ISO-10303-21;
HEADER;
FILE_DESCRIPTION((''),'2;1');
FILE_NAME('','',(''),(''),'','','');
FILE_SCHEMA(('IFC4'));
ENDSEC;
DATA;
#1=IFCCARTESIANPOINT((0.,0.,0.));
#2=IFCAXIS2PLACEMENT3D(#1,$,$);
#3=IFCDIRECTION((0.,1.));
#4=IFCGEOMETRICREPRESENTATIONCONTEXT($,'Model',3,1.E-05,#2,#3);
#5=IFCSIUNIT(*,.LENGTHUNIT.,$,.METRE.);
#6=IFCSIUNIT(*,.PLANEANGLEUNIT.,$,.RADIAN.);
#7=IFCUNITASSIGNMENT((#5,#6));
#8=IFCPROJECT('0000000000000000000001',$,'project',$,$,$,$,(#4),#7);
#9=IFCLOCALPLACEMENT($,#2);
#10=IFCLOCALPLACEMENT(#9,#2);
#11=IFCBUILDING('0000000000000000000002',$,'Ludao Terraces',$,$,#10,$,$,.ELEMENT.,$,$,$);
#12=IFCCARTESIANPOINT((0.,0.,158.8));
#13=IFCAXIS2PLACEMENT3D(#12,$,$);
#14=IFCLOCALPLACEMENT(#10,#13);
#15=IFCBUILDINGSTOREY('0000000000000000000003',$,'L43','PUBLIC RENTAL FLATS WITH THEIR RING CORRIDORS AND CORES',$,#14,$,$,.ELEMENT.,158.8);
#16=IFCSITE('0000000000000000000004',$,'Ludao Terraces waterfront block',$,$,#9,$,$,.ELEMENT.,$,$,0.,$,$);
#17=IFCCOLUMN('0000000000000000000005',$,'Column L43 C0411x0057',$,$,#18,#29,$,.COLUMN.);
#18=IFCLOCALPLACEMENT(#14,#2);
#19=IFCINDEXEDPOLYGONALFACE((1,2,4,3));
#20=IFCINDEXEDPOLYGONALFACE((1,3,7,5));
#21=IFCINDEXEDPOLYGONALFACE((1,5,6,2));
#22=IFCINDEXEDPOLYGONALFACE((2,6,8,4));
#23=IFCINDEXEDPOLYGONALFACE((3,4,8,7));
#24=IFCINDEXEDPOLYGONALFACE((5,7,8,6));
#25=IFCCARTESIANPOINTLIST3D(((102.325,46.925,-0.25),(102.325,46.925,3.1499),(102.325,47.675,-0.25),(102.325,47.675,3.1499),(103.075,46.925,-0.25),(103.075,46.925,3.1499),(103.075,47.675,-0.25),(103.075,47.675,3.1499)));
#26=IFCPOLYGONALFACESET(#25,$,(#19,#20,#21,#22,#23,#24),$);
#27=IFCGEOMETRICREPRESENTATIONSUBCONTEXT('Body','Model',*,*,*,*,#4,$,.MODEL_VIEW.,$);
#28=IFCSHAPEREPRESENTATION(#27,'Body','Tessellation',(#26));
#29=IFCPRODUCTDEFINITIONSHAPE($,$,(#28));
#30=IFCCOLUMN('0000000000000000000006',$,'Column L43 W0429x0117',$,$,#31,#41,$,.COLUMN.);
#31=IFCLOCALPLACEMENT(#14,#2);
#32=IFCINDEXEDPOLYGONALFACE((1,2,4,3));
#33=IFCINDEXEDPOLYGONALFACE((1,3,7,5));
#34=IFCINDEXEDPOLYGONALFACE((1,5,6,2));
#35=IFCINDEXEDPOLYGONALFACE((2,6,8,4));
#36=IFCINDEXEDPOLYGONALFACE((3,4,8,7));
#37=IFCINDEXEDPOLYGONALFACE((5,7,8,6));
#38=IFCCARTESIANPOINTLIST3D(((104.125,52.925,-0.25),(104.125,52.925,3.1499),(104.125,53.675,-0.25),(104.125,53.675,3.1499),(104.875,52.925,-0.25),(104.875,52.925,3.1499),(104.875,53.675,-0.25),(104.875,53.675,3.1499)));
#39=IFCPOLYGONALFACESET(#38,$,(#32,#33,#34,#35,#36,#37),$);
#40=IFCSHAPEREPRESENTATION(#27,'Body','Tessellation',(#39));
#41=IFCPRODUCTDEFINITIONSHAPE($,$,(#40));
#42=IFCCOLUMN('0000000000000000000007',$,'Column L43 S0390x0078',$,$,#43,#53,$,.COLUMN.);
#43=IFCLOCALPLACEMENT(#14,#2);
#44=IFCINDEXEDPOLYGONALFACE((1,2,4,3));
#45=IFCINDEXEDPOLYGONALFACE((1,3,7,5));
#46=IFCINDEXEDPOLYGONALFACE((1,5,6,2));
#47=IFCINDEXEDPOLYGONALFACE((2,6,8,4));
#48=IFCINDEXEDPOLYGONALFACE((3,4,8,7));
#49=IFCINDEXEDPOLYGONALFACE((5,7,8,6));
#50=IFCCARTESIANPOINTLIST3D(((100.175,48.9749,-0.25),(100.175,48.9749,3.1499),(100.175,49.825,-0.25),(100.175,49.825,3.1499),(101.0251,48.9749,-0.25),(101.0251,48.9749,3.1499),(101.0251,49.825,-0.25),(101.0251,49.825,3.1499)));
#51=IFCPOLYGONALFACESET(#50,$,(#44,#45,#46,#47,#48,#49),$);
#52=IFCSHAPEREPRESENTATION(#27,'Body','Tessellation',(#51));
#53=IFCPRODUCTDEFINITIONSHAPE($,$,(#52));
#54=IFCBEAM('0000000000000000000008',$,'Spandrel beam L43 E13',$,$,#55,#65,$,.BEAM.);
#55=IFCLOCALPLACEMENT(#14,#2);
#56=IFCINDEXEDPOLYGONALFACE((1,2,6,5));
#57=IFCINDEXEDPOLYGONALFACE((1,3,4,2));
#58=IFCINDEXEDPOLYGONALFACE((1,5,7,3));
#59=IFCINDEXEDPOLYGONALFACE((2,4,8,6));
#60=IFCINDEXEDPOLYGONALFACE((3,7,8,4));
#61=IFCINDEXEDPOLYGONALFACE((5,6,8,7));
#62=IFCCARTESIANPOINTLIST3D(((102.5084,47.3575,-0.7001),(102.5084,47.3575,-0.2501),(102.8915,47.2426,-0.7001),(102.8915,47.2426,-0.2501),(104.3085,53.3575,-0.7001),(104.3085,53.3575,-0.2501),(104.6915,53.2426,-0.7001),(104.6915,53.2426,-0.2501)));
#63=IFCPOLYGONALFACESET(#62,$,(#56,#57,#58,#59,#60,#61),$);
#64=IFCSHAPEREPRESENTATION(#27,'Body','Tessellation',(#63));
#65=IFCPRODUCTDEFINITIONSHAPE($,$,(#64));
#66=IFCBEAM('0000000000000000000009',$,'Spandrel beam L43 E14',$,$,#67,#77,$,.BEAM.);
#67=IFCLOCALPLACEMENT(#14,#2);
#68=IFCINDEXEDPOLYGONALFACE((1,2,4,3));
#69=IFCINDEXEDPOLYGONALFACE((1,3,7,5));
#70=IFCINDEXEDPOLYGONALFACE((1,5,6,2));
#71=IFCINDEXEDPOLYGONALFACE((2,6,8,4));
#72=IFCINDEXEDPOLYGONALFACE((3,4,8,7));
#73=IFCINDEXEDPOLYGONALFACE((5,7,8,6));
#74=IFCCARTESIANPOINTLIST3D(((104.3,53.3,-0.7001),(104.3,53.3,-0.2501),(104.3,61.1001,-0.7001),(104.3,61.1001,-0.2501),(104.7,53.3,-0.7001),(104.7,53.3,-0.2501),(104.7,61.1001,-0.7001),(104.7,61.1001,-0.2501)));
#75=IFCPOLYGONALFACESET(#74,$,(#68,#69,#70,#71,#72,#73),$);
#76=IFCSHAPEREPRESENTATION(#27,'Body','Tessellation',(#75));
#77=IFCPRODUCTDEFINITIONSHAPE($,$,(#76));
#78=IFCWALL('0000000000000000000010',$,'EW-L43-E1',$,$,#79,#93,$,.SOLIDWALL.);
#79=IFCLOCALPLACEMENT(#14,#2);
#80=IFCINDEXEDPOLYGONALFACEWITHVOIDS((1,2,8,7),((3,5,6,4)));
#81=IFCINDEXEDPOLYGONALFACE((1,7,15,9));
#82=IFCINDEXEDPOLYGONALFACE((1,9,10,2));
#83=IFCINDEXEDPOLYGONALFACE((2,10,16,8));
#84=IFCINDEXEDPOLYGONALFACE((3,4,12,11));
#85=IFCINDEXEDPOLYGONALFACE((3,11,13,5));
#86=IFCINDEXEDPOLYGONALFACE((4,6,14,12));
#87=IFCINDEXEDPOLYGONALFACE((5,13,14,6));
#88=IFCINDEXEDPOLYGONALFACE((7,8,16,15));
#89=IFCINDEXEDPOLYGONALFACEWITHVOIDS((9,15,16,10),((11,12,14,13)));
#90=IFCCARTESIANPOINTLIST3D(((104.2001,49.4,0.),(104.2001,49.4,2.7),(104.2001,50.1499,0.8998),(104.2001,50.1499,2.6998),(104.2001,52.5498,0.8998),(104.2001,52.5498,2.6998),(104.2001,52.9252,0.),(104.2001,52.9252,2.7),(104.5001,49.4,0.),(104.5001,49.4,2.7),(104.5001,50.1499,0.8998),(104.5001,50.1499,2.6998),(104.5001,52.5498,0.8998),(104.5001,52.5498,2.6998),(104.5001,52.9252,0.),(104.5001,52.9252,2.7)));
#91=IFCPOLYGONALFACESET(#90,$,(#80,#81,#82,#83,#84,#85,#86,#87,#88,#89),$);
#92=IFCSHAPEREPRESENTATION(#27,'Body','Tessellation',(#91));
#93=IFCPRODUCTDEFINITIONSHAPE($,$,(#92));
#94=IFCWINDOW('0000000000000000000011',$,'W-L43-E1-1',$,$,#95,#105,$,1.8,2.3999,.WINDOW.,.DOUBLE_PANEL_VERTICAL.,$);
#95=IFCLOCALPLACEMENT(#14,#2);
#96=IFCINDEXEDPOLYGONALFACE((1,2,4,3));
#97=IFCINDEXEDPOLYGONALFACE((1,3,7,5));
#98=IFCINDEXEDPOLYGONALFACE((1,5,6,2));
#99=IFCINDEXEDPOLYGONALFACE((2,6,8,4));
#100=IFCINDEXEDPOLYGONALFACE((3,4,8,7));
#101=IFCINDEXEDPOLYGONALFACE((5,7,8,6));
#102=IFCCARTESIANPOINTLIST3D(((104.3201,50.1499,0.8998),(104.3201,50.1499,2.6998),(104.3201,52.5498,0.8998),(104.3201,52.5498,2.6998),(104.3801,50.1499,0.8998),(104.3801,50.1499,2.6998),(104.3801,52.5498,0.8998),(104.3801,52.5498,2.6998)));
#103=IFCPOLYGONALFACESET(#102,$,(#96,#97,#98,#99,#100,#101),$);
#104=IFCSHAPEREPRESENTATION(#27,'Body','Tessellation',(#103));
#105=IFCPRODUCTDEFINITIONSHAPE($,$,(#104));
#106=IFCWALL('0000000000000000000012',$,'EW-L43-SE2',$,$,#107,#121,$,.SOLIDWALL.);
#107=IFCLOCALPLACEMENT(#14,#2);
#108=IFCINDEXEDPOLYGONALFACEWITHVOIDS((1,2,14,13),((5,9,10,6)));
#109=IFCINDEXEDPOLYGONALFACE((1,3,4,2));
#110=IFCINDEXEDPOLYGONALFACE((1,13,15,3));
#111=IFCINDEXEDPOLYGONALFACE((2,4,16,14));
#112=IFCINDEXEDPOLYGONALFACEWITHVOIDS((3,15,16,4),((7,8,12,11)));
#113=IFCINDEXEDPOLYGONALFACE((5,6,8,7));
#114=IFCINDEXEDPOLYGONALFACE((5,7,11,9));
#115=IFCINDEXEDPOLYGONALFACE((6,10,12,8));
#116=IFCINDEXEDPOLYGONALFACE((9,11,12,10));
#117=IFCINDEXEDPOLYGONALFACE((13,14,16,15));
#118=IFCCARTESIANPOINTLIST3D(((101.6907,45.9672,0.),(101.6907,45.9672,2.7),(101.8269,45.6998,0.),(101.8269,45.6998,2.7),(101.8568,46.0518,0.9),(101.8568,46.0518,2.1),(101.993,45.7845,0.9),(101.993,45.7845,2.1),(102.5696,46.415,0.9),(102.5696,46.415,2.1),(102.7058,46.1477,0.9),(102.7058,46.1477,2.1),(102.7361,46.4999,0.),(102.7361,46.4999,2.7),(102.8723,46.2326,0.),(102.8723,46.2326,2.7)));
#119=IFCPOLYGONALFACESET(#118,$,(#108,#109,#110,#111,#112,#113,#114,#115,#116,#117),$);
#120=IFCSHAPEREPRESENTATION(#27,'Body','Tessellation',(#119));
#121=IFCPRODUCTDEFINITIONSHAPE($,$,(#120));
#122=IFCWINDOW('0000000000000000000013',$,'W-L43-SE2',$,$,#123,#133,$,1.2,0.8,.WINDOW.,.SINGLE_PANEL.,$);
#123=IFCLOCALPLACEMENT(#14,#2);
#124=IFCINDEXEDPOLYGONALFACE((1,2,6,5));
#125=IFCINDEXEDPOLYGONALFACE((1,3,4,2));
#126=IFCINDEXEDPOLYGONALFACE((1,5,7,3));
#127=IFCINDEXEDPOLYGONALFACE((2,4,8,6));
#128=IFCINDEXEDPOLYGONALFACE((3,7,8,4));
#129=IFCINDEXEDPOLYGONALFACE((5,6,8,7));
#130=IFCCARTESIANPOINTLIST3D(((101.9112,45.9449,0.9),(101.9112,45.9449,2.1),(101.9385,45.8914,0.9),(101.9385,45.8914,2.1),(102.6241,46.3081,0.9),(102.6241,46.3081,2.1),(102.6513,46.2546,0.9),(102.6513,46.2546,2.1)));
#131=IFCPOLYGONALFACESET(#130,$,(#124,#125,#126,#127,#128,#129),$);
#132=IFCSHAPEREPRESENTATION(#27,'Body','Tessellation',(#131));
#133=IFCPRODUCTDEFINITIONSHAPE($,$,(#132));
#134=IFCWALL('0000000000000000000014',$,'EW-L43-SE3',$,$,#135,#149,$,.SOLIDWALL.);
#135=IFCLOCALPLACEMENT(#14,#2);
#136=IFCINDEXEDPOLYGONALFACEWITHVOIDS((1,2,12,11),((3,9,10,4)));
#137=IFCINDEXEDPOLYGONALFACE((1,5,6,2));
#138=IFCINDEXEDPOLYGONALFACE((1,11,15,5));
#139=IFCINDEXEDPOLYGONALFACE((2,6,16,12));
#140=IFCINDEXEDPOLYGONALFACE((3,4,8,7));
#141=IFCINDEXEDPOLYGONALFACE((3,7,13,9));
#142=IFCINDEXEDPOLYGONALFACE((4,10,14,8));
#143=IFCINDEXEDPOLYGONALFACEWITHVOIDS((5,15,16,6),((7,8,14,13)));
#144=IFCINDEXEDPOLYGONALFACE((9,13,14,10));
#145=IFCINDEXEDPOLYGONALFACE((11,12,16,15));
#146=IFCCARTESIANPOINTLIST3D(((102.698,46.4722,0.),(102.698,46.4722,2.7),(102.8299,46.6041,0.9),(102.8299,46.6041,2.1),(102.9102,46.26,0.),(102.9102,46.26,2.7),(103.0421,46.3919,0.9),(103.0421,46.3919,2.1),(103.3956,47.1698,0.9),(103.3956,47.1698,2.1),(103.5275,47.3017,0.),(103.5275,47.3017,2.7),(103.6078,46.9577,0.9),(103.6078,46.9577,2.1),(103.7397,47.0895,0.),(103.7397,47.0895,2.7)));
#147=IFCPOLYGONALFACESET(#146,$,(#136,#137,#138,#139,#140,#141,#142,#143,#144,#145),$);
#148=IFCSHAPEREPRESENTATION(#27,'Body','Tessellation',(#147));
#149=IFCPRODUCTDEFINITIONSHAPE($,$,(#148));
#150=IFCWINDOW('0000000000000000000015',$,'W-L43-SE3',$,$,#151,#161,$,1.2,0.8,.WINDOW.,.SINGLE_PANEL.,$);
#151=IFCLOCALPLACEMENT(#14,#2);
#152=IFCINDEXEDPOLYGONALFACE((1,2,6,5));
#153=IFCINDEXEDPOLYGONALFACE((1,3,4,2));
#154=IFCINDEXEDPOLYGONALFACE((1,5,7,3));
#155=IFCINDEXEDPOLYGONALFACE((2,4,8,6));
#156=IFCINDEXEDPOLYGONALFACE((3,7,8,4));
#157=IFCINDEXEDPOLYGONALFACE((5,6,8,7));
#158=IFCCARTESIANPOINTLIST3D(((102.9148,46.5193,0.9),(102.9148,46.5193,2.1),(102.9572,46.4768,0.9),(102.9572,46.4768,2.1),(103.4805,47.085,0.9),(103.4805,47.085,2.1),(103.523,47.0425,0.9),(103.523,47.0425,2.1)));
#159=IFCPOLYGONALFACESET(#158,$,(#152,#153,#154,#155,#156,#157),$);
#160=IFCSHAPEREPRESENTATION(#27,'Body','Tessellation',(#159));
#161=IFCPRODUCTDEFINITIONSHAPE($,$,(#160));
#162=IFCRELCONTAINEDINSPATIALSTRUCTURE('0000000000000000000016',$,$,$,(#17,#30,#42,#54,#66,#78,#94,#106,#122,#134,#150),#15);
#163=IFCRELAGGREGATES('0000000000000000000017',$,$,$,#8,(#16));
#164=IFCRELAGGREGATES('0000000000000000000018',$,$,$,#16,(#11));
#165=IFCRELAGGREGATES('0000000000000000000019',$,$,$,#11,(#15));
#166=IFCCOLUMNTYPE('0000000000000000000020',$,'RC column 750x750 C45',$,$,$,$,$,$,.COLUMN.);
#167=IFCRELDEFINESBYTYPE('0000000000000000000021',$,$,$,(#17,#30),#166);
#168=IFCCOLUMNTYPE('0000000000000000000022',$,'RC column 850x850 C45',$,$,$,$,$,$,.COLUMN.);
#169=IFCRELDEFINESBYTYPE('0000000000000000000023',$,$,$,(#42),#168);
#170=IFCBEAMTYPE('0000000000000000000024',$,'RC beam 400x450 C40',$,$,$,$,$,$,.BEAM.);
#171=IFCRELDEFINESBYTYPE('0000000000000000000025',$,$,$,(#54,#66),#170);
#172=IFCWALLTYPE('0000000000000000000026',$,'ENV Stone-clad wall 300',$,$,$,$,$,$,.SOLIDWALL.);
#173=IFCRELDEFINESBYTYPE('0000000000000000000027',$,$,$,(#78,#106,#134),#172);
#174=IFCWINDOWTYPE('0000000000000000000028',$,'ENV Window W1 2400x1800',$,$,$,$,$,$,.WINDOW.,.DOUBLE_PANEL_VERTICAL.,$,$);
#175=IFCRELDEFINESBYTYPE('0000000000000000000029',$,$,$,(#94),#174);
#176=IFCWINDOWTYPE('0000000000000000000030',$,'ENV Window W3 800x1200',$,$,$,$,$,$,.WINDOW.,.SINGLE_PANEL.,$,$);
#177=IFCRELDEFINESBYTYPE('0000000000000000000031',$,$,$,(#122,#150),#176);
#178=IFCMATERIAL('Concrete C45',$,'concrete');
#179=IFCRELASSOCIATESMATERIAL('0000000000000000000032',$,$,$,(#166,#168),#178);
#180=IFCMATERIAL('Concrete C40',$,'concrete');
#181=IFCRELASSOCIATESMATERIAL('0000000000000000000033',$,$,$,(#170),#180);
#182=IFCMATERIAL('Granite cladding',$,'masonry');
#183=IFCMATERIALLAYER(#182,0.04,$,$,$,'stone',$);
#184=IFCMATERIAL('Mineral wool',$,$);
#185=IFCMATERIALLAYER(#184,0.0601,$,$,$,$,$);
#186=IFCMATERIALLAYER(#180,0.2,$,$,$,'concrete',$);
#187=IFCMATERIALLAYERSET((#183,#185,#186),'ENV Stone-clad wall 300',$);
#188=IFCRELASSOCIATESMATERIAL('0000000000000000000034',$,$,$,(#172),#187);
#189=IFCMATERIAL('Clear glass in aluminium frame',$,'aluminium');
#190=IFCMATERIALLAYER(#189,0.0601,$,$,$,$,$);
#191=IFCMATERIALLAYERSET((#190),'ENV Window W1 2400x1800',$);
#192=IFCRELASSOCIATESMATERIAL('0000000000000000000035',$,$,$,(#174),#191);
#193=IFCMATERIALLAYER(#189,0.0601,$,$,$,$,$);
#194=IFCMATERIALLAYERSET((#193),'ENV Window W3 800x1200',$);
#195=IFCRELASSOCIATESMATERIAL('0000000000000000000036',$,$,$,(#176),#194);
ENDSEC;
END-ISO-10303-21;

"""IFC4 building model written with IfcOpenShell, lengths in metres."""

from ifc_helpers import new_model, si_unit, direction, frame, frame_2d, origin, origin_2d, place, context, subcontext, project, spatial, rectangle, extrude, material, layer, layer_set, material_profile, profile_set, type_object, element, fill, save


model = new_model("IFC4")

# Units and contexts
model_context = context("Model", 3, precision=1e-05, world=origin(), true_north=direction((0.0, 1.0)))
body_context = subcontext(model_context, "Body", "Model", "MODEL_VIEW")
ifc_project = project(units=[si_unit("LENGTHUNIT", "METRE"), si_unit("PLANEANGLEUNIT", "RADIAN")], contexts=[model_context])

# Site, building, storey
site_placement = place(None, origin())
site = spatial("IfcSite", under=ifc_project, at=site_placement, Name="Ludao Terraces waterfront block", CompositionType="ELEMENT", RefElevation=0.0)
building_placement = place(site_placement, origin())
building = spatial("IfcBuilding", under=site, at=building_placement, Name="Ludao Terraces", CompositionType="ELEMENT")
storey_placement = place(building_placement, frame((0.0, 0.0, 158.8)))
storey = spatial("IfcBuildingStorey", under=building, at=storey_placement, Name="L43", Description="PUBLIC RENTAL FLATS WITH THEIR RING CORRIDORS AND CORES", CompositionType="ELEMENT", Elevation=158.8)

# Columns
ifc_material_1 = material(Name="Concrete C45", Category="concrete")
ifc_material_profile_1 = material_profile(ifc_material_1, rectangle(XDim=0.75, YDim=0.75, at=origin_2d()), Name="750 X 750")
ifc_profile_set_1 = profile_set([ifc_material_profile_1], Name="Concrete C45")
column_type_1 = type_object("IfcColumnType", Name="RC column 750x750 C45", PredefinedType="COLUMN", material=ifc_profile_set_1)
for number, where, z_axis, x_axis, name in (
    (1, (102.7, 47.3, -0.25), (0.0, 0.0, 1.0), (1.0, 0.0, 0.0), "Column L43 C0411x0057"),
    (2, (104.5, 53.3, -0.25), (0.0, 0.0, 1.0), (1.0, 0.0, 0.0), "Column L43 W0429x0117"),
):
    element("IfcColumn", number, at=place(storey_placement, frame(where, z_axis=z_axis, x_axis=x_axis)), inside=storey, type_object=column_type_1, Name=name, PredefinedType="COLUMN", context=body_context, shape_type="SweptSolid", body=[
        extrude(rectangle(XDim=0.75, YDim=0.75, at=origin_2d()), origin(), (0.0, 0.0, 1.0), 3.3999),
    ])
ifc_material_profile_2 = material_profile(ifc_material_1, rectangle(XDim=0.8501, YDim=0.8501, at=origin_2d()), Name="850 X 850")
ifc_profile_set_2 = profile_set([ifc_material_profile_2], Name="Concrete C45")
column_type_2 = type_object("IfcColumnType", Name="RC column 850x850 C45", PredefinedType="COLUMN", material=ifc_profile_set_2)
column_placement = place(storey_placement, frame((100.6001, 49.3999, -0.25), z_axis=(0.0, 0.0, 1.0), x_axis=(1.0, 0.0, 0.0)))
element("IfcColumn", 3, at=column_placement, inside=storey, type_object=column_type_2, Name="Column L43 S0390x0078", PredefinedType="COLUMN", context=body_context, shape_type="SweptSolid", body=[
    extrude(rectangle(XDim=0.8501, YDim=0.8501, at=origin_2d()), origin(), (0.0, 0.0, 1.0), 3.3999),
])

# Beams
ifc_material_2 = material(Name="Concrete C40", Category="concrete")
ifc_material_profile_3 = material_profile(ifc_material_2, rectangle(XDim=0.3999, YDim=0.45, at=origin_2d()), Name="400 X 450")
ifc_profile_set_3 = profile_set([ifc_material_profile_3], Name="Concrete C40")
beam_type = type_object("IfcBeamType", Name="RC beam 400x450 C40", PredefinedType="BEAM", material=ifc_profile_set_3)
beam_1_placement = place(storey_placement, frame((102.7, 47.3, -0.4751), z_axis=(0.287355, 0.957824, 0.0), x_axis=(-0.957824, 0.287355, 0.0)))
element("IfcBeam", 4, at=beam_1_placement, inside=storey, type_object=beam_type, Name="Spandrel beam L43 E13", PredefinedType="BEAM", context=body_context, shape_type="SweptSolid", body=[
    extrude(rectangle(XDim=0.3999, YDim=0.45, at=origin_2d()), origin(), (0.0, 0.0, 1.0), 6.2642),
])
beam_2_placement = place(storey_placement, frame((104.5, 53.3, -0.4751), z_axis=(0.0, 1.0, 0.0), x_axis=(-1.0, 0.0, 0.0)))
element("IfcBeam", 5, at=beam_2_placement, inside=storey, type_object=beam_type, Name="Spandrel beam L43 E14", PredefinedType="BEAM", context=body_context, shape_type="SweptSolid", body=[
    extrude(rectangle(XDim=0.3999, YDim=0.45, at=origin_2d()), origin(), (0.0, 0.0, 1.0), 7.8),
])

# Walls, openings, windows
ifc_material_3 = material(Name="Granite cladding", Category="masonry")
ifc_layer_1 = layer(ifc_material_3, 0.04, Category="stone")
ifc_material_4 = material(Name="Mineral wool")
ifc_layer_2 = layer(ifc_material_4, 0.0601)
ifc_layer_3 = layer(ifc_material_2, 0.2, Category="concrete")
ifc_layer_set_1 = layer_set([ifc_layer_1, ifc_layer_2, ifc_layer_3], Name="ENV Stone-clad wall 300")
wall_type = type_object("IfcWallType", Name="ENV Stone-clad wall 300", PredefinedType="SOLIDWALL", material=ifc_layer_set_1)
wall_1_placement = place(storey_placement, frame((104.3501, 49.3999, 0.0), z_axis=(0.0, 0.0, 1.0), x_axis=(0.0, 1.0, 0.0)))
wall_1 = element("IfcWall", 6, at=wall_1_placement, inside=storey, type_object=wall_type, Name="EW-L43-E1", PredefinedType="SOLIDWALL", context=body_context, shape_type="SweptSolid", body=[
    extrude(rectangle(XDim=3.5251, YDim=0.3, at=frame_2d((1.7627, 0.0))), origin(), (0.0, 0.0, 1.0), 2.7),
])
opening_1_placement = place(wall_1_placement, frame((0.75, 0.0, 0.8999)))
opening_1 = element("IfcOpeningElement", 7, at=opening_1_placement, cuts=wall_1, PredefinedType="OPENING", context=body_context, shape_type="SweptSolid", body=[
    extrude(rectangle(XDim=2.3999, YDim=1.8, at=frame_2d((1.2, 0.8999))), frame((0.0, 0.1602, 0.0), z_axis=(0.0, -1.0, 0.0), x_axis=(1.0, 0.0, 0.0)), (0.0, 0.0, 1.0), 0.3201),
])
ifc_material_5 = material(Name="Clear glass in aluminium frame", Category="aluminium")
ifc_layer_4 = layer(ifc_material_5, 0.0601)
ifc_layer_set_2 = layer_set([ifc_layer_4], Name="ENV Window W1 2400x1800")
window_type_1 = type_object("IfcWindowType", Name="ENV Window W1 2400x1800", PartitioningType="DOUBLE_PANEL_VERTICAL", PredefinedType="WINDOW", material=ifc_layer_set_2)
window_1_placement = place(opening_1_placement, origin())
window_1 = element("IfcWindow", 8, at=window_1_placement, inside=storey, type_object=window_type_1, Name="W-L43-E1-1", OverallHeight=1.8, OverallWidth=2.3999, PartitioningType="DOUBLE_PANEL_VERTICAL", PredefinedType="WINDOW", context=body_context, shape_type="SweptSolid", body=[
    extrude(rectangle(XDim=2.3999, YDim=1.8, at=frame_2d((1.2, 0.8999))), frame((0.0, 0.03, 0.0), z_axis=(0.0, -1.0, 0.0), x_axis=(1.0, 0.0, 0.0)), (0.0, 0.0, 1.0), 0.0601),
])
fill(opening_1, window_1)
wall_2_placement = place(storey_placement, frame((101.7588, 45.8335, 0.0), z_axis=(0.0, 0.0, 1.0), x_axis=(0.890989, 0.454026, 0.0)))
wall_2 = element("IfcWall", 9, at=wall_2_placement, inside=storey, type_object=wall_type, Name="EW-L43-SE2", PredefinedType="SOLIDWALL", context=body_context, shape_type="SweptSolid", body=[
    extrude(rectangle(XDim=1.1733, YDim=0.3, at=frame_2d((0.5867, 0.0))), origin(), (0.0, 0.0, 1.0), 2.7),
])
opening_2_placement = place(wall_2_placement, frame((0.1865, 0.0, 0.8999)))
opening_2 = element("IfcOpeningElement", 10, at=opening_2_placement, cuts=wall_2, PredefinedType="OPENING", context=body_context, shape_type="SweptSolid", body=[
    extrude(rectangle(XDim=0.8, YDim=1.2, at=frame_2d((0.3999, 0.6001))), frame((0.0, 0.1602, 0.0), z_axis=(0.0, -1.0, 0.0), x_axis=(1.0, 0.0, 0.0)), (0.0, 0.0, 1.0), 0.3201),
])
ifc_layer_5 = layer(ifc_material_5, 0.0601)
ifc_layer_set_3 = layer_set([ifc_layer_5], Name="ENV Window W3 800x1200")
window_type_2 = type_object("IfcWindowType", Name="ENV Window W3 800x1200", PartitioningType="SINGLE_PANEL", PredefinedType="WINDOW", material=ifc_layer_set_3)
window_2_placement = place(opening_2_placement, origin())
window_2 = element("IfcWindow", 11, at=window_2_placement, inside=storey, type_object=window_type_2, Name="W-L43-SE2", OverallHeight=1.2, OverallWidth=0.8, PartitioningType="SINGLE_PANEL", PredefinedType="WINDOW", context=body_context, shape_type="SweptSolid", body=[
    extrude(rectangle(XDim=0.8, YDim=1.2, at=frame_2d((0.3999, 0.6001))), frame((0.0, 0.03, 0.0), z_axis=(0.0, -1.0, 0.0), x_axis=(1.0, 0.0, 0.0)), (0.0, 0.0, 1.0), 0.0601),
])
fill(opening_2, window_2)
wall_3_placement = place(storey_placement, frame((102.8042, 46.3662, 0.0), z_axis=(0.0, 0.0, 1.0), x_axis=(0.707107, 0.707107, 0.0)))
wall_3 = element("IfcWall", 12, at=wall_3_placement, inside=storey, type_object=wall_type, Name="EW-L43-SE3", PredefinedType="SOLIDWALL", context=body_context, shape_type="SweptSolid", body=[
    extrude(rectangle(XDim=1.1731, YDim=0.3, at=frame_2d((0.5864, 0.0))), origin(), (0.0, 0.0, 1.0), 2.7),
])
opening_3_placement = place(wall_3_placement, frame((0.1865, 0.0, 0.8999)))
opening_3 = element("IfcOpeningElement", 13, at=opening_3_placement, cuts=wall_3, PredefinedType="OPENING", context=body_context, shape_type="SweptSolid", body=[
    extrude(rectangle(XDim=0.8, YDim=1.2, at=frame_2d((0.3999, 0.6001))), frame((0.0, 0.1602, 0.0), z_axis=(0.0, -1.0, 0.0), x_axis=(1.0, 0.0, 0.0)), (0.0, 0.0, 1.0), 0.3201),
])
window_3_placement = place(opening_3_placement, origin())
window_3 = element("IfcWindow", 14, at=window_3_placement, inside=storey, type_object=window_type_2, Name="W-L43-SE3", OverallHeight=1.2, OverallWidth=0.8, PartitioningType="SINGLE_PANEL", PredefinedType="WINDOW", context=body_context, shape_type="SweptSolid", body=[
    extrude(rectangle(XDim=0.8, YDim=1.2, at=frame_2d((0.3999, 0.6001))), frame((0.0, 0.03, 0.0), z_axis=(0.0, -1.0, 0.0), x_axis=(1.0, 0.0, 0.0)), (0.0, 0.0, 1.0), 0.0601),
])
fill(opening_3, window_3)

save(model, "model.ifc")
